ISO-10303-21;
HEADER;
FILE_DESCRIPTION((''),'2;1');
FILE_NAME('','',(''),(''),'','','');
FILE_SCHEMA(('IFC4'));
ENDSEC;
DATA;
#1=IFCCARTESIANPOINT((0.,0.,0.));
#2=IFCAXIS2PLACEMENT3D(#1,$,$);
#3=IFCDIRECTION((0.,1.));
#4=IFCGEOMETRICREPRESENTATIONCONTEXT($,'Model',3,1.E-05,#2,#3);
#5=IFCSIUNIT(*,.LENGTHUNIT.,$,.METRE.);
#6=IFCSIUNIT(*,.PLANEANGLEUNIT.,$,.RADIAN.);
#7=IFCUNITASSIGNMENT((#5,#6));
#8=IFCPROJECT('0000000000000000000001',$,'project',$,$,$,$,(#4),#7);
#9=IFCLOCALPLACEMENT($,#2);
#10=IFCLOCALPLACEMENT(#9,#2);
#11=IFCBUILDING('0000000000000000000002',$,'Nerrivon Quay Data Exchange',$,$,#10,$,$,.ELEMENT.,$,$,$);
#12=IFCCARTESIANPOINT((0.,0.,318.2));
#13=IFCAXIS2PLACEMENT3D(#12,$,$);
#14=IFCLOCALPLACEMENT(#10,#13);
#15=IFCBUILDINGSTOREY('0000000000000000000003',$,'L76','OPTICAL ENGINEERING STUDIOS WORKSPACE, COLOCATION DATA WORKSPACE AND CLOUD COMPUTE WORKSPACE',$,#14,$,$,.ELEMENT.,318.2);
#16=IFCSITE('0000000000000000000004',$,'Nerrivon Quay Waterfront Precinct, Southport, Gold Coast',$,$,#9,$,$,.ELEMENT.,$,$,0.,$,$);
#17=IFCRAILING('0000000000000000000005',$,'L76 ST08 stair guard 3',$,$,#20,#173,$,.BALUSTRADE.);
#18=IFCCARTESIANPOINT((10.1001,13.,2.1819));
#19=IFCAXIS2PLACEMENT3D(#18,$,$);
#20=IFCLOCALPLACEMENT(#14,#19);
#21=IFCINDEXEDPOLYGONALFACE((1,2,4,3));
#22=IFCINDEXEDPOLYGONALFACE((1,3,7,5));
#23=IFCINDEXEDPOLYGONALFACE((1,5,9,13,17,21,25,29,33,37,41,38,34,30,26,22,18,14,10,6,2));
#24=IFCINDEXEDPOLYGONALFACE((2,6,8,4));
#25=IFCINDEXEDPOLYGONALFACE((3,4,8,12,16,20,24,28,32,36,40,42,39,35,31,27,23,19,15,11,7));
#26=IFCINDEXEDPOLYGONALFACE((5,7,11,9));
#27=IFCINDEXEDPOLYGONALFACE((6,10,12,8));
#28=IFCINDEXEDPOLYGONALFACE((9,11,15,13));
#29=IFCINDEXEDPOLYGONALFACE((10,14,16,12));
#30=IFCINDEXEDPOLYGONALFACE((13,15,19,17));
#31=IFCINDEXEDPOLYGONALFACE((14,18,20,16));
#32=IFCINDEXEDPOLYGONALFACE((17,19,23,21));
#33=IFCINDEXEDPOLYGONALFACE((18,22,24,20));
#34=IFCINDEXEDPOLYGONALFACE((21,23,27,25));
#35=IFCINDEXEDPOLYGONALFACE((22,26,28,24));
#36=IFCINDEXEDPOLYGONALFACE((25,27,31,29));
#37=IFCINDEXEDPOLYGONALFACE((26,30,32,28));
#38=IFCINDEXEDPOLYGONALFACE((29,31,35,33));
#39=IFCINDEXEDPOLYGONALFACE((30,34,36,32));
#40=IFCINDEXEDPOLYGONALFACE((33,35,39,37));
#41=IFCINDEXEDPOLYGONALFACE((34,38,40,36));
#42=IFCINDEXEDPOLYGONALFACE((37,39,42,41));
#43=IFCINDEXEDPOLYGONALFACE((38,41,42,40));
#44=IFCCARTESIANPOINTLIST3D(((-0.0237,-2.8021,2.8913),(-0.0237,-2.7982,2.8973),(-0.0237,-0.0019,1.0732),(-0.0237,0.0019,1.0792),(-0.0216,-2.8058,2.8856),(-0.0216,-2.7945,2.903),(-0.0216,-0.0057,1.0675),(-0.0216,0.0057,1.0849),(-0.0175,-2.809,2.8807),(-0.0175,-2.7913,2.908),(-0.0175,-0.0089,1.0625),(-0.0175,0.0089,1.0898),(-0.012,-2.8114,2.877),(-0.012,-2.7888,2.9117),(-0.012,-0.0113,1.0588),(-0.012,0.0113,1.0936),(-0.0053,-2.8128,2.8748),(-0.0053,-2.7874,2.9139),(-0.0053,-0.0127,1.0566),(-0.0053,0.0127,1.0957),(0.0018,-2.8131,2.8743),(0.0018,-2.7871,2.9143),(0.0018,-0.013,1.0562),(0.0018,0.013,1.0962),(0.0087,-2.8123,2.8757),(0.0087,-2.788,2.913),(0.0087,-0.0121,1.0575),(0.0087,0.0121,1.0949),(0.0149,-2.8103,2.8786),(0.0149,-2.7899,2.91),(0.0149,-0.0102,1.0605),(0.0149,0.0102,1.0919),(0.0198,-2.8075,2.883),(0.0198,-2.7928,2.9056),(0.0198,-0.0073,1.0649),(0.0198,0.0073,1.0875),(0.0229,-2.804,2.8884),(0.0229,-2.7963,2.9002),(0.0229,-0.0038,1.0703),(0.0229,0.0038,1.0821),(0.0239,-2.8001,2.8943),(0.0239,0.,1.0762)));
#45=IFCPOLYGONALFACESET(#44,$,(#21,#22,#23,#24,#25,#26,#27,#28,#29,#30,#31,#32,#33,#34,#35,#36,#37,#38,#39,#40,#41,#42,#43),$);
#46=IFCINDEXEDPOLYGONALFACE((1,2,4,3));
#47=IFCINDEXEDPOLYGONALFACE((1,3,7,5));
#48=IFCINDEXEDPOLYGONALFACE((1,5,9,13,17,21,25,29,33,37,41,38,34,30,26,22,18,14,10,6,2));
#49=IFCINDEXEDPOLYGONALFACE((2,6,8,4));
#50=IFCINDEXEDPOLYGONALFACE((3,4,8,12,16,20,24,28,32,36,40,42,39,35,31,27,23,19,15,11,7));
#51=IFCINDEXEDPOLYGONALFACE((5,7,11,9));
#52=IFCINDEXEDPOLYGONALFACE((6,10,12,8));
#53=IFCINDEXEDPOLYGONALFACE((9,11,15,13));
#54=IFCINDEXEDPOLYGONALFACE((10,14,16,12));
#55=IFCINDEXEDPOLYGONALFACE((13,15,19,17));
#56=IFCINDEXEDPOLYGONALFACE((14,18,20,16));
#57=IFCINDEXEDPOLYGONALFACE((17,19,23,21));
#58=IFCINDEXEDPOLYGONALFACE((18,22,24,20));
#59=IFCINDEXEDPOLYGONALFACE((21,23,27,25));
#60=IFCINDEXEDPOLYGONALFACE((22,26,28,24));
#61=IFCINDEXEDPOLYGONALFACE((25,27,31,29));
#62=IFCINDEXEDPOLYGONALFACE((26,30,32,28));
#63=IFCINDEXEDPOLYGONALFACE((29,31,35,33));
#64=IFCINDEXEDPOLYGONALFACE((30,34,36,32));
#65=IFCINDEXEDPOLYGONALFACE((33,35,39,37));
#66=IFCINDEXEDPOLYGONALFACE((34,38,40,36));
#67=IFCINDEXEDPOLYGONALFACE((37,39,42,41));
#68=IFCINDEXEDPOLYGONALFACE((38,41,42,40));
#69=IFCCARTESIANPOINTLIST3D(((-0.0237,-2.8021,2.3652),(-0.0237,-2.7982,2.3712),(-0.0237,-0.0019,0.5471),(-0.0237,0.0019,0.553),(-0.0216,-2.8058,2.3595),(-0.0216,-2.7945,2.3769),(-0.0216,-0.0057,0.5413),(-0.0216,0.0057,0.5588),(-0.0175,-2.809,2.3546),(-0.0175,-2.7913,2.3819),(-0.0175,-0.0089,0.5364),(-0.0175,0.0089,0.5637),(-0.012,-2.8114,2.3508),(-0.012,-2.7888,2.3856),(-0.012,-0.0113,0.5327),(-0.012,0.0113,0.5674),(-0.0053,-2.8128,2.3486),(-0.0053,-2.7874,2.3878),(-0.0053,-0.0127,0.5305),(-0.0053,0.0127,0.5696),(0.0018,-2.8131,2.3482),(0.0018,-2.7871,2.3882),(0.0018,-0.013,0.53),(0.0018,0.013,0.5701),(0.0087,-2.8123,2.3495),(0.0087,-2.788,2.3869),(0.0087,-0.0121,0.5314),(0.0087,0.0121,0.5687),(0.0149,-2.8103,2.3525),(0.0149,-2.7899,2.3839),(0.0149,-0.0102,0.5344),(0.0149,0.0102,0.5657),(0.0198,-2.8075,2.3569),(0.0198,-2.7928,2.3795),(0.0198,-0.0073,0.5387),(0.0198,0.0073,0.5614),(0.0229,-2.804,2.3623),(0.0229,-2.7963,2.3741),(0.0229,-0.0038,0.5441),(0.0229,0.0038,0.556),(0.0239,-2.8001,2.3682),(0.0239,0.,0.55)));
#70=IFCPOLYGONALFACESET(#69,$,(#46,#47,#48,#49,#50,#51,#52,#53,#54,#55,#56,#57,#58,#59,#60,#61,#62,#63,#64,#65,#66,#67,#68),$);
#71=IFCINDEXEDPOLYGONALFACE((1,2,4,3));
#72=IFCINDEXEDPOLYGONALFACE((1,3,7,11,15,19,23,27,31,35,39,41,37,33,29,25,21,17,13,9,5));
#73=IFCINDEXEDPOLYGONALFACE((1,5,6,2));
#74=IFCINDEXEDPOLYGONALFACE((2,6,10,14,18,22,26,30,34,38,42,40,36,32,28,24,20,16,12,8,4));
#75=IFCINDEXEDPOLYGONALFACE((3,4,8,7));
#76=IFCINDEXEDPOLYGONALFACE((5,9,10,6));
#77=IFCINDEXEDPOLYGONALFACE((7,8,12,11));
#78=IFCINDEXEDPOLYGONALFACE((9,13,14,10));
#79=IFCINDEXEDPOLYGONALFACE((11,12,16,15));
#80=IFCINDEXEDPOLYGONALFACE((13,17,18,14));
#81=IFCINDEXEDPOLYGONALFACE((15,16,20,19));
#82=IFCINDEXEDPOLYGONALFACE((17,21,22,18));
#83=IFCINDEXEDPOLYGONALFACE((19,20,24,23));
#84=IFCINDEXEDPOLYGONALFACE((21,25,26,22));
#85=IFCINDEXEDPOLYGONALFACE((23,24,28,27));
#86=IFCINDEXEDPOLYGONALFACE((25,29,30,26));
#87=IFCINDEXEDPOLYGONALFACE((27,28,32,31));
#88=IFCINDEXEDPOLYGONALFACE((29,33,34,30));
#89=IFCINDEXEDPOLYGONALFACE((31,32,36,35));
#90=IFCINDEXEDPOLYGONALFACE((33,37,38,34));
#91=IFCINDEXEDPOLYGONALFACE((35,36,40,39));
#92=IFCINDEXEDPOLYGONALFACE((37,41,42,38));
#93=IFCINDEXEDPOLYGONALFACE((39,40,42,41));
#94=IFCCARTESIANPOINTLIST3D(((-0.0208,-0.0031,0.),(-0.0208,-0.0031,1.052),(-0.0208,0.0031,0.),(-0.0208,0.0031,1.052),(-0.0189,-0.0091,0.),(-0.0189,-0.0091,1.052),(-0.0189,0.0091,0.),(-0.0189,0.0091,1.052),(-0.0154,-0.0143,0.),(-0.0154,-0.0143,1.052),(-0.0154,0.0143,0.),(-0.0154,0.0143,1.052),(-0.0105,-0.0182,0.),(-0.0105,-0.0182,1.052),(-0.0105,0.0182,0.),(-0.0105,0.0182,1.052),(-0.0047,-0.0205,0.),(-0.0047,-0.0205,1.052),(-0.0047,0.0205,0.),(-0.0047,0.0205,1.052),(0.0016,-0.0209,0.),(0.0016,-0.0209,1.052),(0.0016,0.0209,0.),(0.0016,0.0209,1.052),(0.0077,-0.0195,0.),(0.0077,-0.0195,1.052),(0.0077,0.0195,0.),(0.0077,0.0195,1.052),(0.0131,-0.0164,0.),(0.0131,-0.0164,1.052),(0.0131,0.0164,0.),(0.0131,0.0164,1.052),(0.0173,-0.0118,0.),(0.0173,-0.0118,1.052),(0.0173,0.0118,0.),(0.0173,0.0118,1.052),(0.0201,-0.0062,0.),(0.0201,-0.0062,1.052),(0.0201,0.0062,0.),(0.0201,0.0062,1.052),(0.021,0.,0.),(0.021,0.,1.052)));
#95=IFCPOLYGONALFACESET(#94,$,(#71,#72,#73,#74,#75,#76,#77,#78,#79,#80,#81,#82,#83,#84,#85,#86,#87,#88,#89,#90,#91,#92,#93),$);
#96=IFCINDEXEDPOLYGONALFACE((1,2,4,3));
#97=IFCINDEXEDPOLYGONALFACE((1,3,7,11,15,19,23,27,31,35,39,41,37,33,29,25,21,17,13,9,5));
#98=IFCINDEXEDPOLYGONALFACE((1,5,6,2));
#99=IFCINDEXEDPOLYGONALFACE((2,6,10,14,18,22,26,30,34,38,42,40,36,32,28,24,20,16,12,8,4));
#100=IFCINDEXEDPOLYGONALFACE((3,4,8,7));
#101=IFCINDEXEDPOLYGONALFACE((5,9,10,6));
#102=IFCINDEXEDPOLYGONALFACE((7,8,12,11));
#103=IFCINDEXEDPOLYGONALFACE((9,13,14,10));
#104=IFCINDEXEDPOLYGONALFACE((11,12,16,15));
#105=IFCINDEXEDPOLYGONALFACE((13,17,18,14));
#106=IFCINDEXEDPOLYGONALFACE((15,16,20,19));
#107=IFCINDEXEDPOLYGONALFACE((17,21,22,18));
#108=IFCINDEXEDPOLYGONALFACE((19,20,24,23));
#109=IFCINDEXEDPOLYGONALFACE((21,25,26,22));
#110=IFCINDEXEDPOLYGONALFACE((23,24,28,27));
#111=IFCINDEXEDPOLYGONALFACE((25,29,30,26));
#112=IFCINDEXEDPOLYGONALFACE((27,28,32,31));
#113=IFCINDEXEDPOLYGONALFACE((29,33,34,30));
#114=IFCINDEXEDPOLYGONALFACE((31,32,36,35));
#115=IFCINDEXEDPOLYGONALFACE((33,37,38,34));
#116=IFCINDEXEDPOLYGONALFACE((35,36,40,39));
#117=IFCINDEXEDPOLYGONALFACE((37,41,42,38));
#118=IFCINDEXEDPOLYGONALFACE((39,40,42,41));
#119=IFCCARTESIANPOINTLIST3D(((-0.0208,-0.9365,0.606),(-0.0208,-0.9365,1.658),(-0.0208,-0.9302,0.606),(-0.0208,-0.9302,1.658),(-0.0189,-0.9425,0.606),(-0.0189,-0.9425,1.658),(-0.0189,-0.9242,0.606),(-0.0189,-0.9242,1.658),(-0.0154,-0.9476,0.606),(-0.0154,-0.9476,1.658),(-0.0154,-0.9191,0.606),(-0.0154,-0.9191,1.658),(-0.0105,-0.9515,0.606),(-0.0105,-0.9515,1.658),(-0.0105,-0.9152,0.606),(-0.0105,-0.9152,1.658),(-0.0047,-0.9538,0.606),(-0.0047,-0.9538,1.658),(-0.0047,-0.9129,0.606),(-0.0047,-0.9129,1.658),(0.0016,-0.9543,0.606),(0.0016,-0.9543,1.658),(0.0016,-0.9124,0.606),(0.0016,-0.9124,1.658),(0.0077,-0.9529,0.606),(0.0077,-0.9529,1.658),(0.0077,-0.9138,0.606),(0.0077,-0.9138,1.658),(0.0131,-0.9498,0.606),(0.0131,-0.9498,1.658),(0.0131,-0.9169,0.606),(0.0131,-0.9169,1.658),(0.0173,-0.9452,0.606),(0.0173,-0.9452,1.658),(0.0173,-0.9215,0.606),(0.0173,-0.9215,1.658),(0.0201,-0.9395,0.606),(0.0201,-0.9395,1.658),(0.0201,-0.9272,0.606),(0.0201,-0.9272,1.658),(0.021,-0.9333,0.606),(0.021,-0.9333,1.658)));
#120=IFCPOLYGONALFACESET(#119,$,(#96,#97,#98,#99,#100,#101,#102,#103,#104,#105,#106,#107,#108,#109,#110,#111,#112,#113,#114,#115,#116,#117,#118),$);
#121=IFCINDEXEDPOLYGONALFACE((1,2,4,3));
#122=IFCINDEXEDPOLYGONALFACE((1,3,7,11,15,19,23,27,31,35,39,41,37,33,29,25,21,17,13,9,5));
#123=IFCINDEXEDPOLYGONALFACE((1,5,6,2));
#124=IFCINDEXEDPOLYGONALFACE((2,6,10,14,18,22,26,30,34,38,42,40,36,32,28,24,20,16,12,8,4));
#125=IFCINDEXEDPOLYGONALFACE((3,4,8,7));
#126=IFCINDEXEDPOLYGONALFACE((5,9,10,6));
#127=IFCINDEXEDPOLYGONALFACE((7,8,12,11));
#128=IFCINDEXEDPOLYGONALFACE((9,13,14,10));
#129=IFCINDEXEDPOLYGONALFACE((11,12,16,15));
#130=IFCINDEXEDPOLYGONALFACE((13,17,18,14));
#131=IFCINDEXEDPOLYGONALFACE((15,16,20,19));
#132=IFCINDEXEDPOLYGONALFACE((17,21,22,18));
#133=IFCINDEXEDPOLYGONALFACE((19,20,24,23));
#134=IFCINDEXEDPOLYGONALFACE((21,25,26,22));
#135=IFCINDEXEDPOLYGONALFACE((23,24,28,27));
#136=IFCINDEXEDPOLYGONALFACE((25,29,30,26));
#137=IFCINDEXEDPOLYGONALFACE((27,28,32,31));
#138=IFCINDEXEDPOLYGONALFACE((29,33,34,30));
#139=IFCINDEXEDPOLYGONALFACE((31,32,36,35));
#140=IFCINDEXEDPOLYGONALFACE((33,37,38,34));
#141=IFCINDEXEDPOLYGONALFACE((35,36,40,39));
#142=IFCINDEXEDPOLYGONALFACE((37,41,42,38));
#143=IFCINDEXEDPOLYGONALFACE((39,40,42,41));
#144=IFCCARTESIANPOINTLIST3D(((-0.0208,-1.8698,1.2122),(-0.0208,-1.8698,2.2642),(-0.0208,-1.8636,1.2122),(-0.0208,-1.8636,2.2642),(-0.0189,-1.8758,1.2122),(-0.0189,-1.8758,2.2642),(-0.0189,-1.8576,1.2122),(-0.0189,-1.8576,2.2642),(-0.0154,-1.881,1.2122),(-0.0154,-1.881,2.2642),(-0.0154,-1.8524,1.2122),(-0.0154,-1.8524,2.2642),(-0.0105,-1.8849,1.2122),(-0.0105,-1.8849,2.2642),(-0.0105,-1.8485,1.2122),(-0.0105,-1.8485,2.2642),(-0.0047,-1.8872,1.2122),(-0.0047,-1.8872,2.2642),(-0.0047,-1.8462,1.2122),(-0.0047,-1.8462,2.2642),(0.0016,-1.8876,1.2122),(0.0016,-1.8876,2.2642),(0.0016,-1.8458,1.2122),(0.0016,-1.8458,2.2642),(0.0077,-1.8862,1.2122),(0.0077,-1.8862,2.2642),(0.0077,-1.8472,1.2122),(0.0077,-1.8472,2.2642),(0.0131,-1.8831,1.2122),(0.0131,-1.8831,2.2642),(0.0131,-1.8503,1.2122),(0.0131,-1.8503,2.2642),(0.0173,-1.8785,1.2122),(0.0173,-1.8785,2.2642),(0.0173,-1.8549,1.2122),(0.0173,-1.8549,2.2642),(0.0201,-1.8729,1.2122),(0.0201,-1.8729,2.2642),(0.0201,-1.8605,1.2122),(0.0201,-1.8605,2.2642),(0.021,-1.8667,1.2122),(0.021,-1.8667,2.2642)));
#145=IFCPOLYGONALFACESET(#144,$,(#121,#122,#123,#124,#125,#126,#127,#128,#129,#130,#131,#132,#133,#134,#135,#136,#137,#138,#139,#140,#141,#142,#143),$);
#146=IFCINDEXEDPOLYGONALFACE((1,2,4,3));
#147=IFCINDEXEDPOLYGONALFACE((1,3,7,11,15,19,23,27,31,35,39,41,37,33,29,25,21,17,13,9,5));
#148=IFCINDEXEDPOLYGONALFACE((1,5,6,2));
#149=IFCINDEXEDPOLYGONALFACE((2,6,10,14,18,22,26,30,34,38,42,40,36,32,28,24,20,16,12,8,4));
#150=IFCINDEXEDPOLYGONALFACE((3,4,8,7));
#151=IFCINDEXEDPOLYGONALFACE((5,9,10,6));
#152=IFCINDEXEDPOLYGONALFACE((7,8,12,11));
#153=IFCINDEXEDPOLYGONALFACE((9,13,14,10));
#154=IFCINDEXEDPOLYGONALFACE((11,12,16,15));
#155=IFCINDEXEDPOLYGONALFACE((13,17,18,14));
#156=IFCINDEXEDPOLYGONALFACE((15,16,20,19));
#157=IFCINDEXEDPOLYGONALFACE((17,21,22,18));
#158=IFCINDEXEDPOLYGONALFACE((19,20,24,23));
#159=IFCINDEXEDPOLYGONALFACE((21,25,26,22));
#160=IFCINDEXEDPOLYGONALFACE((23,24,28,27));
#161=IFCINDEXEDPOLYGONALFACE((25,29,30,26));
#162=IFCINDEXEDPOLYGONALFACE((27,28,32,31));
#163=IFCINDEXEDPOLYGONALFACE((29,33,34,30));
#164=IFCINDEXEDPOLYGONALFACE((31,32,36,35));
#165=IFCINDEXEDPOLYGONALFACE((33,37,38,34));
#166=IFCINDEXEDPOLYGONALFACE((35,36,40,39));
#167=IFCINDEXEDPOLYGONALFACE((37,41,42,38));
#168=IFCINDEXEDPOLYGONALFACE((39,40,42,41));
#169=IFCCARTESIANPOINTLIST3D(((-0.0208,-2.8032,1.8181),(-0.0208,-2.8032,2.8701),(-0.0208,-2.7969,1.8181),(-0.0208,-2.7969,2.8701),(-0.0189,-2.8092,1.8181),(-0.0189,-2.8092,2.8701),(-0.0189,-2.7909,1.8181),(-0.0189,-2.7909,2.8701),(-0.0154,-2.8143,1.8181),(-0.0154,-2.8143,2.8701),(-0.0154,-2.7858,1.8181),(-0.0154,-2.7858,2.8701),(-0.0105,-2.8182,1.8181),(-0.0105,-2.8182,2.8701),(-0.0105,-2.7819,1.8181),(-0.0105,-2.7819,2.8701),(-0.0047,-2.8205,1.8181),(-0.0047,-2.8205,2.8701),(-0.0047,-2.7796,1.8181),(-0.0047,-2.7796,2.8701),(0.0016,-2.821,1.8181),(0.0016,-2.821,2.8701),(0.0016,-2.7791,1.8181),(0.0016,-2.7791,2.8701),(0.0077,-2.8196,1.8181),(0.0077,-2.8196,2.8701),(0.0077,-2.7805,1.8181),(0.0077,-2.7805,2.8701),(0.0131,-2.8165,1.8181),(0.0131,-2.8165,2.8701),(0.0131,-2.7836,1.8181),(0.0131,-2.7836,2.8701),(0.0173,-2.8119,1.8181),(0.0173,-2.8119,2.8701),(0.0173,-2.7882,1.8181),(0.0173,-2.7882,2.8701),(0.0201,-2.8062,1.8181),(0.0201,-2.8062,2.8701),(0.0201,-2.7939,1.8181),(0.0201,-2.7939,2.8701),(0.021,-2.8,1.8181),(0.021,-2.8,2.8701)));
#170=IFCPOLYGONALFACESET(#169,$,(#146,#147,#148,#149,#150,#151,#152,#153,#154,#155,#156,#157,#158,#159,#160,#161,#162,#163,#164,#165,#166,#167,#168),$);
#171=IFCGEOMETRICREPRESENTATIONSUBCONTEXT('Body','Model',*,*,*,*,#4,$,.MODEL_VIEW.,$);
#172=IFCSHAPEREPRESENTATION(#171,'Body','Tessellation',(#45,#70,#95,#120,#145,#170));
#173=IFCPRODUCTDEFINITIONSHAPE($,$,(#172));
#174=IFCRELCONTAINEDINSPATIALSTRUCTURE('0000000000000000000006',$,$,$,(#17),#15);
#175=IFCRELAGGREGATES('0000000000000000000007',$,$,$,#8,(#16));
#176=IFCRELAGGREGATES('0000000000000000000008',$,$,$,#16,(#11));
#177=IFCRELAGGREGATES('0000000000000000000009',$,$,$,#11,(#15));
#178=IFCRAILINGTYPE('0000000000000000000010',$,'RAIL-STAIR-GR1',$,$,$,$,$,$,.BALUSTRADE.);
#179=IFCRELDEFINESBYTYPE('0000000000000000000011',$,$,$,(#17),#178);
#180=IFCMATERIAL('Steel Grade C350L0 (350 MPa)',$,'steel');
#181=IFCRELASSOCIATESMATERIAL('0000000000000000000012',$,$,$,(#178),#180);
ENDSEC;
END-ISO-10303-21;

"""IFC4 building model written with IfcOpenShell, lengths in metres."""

from ifc_helpers import new_model, si_unit, direction, frame, origin, origin_2d, place, context, subcontext, project, spatial, circle, extrude, material, type_object, element, save


model = new_model("IFC4")

# Units and contexts
model_context = context("Model", 3, precision=1e-05, world=origin(), true_north=direction((0.0, 1.0)))
body_context = subcontext(model_context, "Body", "Model", "MODEL_VIEW")
ifc_project = project(units=[si_unit("LENGTHUNIT", "METRE"), si_unit("PLANEANGLEUNIT", "RADIAN")], contexts=[model_context])

# Site, building, storey
site_placement = place(None, origin())
site = spatial("IfcSite", under=ifc_project, at=site_placement, Name="Nerrivon Quay Waterfront Precinct, Southport, Gold Coast", CompositionType="ELEMENT", RefElevation=0.0)
building_placement = place(site_placement, origin())
building = spatial("IfcBuilding", under=site, at=building_placement, Name="Nerrivon Quay Data Exchange", CompositionType="ELEMENT")
storey_placement = place(building_placement, frame((0.0, 0.0, 318.2)))
storey = spatial("IfcBuildingStorey", under=building, at=storey_placement, Name="L76", Description="OPTICAL ENGINEERING STUDIOS WORKSPACE, COLOCATION DATA WORKSPACE AND CLOUD COMPUTE WORKSPACE", CompositionType="ELEMENT", Elevation=318.2)

# Railing
ifc_material_1 = material(Name="Steel Grade C350L0 (350 MPa)", Category="steel")
railing_type_1 = type_object("IfcRailingType", Name="RAIL-STAIR-GR1", PredefinedType="BALUSTRADE", material=ifc_material_1)
railing_1_placement = place(storey_placement, frame((10.1001, 13.0, 2.1819)))
element("IfcRailing", 1, at=railing_1_placement, inside=storey, type_object=railing_type_1, Name="L76 ST08 stair guard 3", PredefinedType="BALUSTRADE", context=body_context, shape_type="SweptSolid", body=[
    extrude(circle(Radius=0.0239, at=origin_2d()), frame((0.0, 0.0, 1.0762), z_axis=(0.0, -0.838706, 0.544585), x_axis=(1.0, 0.0, 0.0)), (0.0, 0.0, 1.0), 3.3386),
    extrude(circle(Radius=0.0239, at=origin_2d()), frame((0.0, 0.0, 0.55), z_axis=(0.0, -0.838706, 0.544585), x_axis=(1.0, 0.0, 0.0)), (0.0, 0.0, 1.0), 3.3386),
    extrude(circle(Radius=0.021, at=origin_2d()), origin(), (0.0, 0.0, 1.0), 1.052),
    extrude(circle(Radius=0.021, at=origin_2d()), frame((0.0, -0.9333, 0.606)), (0.0, 0.0, 1.0), 1.052),
    extrude(circle(Radius=0.021, at=origin_2d()), frame((0.0, -1.8667, 1.2122)), (0.0, 0.0, 1.0), 1.052),
    extrude(circle(Radius=0.021, at=origin_2d()), frame((0.0, -2.8, 1.8181)), (0.0, 0.0, 1.0), 1.052),
])

save(model, "model.ifc")
